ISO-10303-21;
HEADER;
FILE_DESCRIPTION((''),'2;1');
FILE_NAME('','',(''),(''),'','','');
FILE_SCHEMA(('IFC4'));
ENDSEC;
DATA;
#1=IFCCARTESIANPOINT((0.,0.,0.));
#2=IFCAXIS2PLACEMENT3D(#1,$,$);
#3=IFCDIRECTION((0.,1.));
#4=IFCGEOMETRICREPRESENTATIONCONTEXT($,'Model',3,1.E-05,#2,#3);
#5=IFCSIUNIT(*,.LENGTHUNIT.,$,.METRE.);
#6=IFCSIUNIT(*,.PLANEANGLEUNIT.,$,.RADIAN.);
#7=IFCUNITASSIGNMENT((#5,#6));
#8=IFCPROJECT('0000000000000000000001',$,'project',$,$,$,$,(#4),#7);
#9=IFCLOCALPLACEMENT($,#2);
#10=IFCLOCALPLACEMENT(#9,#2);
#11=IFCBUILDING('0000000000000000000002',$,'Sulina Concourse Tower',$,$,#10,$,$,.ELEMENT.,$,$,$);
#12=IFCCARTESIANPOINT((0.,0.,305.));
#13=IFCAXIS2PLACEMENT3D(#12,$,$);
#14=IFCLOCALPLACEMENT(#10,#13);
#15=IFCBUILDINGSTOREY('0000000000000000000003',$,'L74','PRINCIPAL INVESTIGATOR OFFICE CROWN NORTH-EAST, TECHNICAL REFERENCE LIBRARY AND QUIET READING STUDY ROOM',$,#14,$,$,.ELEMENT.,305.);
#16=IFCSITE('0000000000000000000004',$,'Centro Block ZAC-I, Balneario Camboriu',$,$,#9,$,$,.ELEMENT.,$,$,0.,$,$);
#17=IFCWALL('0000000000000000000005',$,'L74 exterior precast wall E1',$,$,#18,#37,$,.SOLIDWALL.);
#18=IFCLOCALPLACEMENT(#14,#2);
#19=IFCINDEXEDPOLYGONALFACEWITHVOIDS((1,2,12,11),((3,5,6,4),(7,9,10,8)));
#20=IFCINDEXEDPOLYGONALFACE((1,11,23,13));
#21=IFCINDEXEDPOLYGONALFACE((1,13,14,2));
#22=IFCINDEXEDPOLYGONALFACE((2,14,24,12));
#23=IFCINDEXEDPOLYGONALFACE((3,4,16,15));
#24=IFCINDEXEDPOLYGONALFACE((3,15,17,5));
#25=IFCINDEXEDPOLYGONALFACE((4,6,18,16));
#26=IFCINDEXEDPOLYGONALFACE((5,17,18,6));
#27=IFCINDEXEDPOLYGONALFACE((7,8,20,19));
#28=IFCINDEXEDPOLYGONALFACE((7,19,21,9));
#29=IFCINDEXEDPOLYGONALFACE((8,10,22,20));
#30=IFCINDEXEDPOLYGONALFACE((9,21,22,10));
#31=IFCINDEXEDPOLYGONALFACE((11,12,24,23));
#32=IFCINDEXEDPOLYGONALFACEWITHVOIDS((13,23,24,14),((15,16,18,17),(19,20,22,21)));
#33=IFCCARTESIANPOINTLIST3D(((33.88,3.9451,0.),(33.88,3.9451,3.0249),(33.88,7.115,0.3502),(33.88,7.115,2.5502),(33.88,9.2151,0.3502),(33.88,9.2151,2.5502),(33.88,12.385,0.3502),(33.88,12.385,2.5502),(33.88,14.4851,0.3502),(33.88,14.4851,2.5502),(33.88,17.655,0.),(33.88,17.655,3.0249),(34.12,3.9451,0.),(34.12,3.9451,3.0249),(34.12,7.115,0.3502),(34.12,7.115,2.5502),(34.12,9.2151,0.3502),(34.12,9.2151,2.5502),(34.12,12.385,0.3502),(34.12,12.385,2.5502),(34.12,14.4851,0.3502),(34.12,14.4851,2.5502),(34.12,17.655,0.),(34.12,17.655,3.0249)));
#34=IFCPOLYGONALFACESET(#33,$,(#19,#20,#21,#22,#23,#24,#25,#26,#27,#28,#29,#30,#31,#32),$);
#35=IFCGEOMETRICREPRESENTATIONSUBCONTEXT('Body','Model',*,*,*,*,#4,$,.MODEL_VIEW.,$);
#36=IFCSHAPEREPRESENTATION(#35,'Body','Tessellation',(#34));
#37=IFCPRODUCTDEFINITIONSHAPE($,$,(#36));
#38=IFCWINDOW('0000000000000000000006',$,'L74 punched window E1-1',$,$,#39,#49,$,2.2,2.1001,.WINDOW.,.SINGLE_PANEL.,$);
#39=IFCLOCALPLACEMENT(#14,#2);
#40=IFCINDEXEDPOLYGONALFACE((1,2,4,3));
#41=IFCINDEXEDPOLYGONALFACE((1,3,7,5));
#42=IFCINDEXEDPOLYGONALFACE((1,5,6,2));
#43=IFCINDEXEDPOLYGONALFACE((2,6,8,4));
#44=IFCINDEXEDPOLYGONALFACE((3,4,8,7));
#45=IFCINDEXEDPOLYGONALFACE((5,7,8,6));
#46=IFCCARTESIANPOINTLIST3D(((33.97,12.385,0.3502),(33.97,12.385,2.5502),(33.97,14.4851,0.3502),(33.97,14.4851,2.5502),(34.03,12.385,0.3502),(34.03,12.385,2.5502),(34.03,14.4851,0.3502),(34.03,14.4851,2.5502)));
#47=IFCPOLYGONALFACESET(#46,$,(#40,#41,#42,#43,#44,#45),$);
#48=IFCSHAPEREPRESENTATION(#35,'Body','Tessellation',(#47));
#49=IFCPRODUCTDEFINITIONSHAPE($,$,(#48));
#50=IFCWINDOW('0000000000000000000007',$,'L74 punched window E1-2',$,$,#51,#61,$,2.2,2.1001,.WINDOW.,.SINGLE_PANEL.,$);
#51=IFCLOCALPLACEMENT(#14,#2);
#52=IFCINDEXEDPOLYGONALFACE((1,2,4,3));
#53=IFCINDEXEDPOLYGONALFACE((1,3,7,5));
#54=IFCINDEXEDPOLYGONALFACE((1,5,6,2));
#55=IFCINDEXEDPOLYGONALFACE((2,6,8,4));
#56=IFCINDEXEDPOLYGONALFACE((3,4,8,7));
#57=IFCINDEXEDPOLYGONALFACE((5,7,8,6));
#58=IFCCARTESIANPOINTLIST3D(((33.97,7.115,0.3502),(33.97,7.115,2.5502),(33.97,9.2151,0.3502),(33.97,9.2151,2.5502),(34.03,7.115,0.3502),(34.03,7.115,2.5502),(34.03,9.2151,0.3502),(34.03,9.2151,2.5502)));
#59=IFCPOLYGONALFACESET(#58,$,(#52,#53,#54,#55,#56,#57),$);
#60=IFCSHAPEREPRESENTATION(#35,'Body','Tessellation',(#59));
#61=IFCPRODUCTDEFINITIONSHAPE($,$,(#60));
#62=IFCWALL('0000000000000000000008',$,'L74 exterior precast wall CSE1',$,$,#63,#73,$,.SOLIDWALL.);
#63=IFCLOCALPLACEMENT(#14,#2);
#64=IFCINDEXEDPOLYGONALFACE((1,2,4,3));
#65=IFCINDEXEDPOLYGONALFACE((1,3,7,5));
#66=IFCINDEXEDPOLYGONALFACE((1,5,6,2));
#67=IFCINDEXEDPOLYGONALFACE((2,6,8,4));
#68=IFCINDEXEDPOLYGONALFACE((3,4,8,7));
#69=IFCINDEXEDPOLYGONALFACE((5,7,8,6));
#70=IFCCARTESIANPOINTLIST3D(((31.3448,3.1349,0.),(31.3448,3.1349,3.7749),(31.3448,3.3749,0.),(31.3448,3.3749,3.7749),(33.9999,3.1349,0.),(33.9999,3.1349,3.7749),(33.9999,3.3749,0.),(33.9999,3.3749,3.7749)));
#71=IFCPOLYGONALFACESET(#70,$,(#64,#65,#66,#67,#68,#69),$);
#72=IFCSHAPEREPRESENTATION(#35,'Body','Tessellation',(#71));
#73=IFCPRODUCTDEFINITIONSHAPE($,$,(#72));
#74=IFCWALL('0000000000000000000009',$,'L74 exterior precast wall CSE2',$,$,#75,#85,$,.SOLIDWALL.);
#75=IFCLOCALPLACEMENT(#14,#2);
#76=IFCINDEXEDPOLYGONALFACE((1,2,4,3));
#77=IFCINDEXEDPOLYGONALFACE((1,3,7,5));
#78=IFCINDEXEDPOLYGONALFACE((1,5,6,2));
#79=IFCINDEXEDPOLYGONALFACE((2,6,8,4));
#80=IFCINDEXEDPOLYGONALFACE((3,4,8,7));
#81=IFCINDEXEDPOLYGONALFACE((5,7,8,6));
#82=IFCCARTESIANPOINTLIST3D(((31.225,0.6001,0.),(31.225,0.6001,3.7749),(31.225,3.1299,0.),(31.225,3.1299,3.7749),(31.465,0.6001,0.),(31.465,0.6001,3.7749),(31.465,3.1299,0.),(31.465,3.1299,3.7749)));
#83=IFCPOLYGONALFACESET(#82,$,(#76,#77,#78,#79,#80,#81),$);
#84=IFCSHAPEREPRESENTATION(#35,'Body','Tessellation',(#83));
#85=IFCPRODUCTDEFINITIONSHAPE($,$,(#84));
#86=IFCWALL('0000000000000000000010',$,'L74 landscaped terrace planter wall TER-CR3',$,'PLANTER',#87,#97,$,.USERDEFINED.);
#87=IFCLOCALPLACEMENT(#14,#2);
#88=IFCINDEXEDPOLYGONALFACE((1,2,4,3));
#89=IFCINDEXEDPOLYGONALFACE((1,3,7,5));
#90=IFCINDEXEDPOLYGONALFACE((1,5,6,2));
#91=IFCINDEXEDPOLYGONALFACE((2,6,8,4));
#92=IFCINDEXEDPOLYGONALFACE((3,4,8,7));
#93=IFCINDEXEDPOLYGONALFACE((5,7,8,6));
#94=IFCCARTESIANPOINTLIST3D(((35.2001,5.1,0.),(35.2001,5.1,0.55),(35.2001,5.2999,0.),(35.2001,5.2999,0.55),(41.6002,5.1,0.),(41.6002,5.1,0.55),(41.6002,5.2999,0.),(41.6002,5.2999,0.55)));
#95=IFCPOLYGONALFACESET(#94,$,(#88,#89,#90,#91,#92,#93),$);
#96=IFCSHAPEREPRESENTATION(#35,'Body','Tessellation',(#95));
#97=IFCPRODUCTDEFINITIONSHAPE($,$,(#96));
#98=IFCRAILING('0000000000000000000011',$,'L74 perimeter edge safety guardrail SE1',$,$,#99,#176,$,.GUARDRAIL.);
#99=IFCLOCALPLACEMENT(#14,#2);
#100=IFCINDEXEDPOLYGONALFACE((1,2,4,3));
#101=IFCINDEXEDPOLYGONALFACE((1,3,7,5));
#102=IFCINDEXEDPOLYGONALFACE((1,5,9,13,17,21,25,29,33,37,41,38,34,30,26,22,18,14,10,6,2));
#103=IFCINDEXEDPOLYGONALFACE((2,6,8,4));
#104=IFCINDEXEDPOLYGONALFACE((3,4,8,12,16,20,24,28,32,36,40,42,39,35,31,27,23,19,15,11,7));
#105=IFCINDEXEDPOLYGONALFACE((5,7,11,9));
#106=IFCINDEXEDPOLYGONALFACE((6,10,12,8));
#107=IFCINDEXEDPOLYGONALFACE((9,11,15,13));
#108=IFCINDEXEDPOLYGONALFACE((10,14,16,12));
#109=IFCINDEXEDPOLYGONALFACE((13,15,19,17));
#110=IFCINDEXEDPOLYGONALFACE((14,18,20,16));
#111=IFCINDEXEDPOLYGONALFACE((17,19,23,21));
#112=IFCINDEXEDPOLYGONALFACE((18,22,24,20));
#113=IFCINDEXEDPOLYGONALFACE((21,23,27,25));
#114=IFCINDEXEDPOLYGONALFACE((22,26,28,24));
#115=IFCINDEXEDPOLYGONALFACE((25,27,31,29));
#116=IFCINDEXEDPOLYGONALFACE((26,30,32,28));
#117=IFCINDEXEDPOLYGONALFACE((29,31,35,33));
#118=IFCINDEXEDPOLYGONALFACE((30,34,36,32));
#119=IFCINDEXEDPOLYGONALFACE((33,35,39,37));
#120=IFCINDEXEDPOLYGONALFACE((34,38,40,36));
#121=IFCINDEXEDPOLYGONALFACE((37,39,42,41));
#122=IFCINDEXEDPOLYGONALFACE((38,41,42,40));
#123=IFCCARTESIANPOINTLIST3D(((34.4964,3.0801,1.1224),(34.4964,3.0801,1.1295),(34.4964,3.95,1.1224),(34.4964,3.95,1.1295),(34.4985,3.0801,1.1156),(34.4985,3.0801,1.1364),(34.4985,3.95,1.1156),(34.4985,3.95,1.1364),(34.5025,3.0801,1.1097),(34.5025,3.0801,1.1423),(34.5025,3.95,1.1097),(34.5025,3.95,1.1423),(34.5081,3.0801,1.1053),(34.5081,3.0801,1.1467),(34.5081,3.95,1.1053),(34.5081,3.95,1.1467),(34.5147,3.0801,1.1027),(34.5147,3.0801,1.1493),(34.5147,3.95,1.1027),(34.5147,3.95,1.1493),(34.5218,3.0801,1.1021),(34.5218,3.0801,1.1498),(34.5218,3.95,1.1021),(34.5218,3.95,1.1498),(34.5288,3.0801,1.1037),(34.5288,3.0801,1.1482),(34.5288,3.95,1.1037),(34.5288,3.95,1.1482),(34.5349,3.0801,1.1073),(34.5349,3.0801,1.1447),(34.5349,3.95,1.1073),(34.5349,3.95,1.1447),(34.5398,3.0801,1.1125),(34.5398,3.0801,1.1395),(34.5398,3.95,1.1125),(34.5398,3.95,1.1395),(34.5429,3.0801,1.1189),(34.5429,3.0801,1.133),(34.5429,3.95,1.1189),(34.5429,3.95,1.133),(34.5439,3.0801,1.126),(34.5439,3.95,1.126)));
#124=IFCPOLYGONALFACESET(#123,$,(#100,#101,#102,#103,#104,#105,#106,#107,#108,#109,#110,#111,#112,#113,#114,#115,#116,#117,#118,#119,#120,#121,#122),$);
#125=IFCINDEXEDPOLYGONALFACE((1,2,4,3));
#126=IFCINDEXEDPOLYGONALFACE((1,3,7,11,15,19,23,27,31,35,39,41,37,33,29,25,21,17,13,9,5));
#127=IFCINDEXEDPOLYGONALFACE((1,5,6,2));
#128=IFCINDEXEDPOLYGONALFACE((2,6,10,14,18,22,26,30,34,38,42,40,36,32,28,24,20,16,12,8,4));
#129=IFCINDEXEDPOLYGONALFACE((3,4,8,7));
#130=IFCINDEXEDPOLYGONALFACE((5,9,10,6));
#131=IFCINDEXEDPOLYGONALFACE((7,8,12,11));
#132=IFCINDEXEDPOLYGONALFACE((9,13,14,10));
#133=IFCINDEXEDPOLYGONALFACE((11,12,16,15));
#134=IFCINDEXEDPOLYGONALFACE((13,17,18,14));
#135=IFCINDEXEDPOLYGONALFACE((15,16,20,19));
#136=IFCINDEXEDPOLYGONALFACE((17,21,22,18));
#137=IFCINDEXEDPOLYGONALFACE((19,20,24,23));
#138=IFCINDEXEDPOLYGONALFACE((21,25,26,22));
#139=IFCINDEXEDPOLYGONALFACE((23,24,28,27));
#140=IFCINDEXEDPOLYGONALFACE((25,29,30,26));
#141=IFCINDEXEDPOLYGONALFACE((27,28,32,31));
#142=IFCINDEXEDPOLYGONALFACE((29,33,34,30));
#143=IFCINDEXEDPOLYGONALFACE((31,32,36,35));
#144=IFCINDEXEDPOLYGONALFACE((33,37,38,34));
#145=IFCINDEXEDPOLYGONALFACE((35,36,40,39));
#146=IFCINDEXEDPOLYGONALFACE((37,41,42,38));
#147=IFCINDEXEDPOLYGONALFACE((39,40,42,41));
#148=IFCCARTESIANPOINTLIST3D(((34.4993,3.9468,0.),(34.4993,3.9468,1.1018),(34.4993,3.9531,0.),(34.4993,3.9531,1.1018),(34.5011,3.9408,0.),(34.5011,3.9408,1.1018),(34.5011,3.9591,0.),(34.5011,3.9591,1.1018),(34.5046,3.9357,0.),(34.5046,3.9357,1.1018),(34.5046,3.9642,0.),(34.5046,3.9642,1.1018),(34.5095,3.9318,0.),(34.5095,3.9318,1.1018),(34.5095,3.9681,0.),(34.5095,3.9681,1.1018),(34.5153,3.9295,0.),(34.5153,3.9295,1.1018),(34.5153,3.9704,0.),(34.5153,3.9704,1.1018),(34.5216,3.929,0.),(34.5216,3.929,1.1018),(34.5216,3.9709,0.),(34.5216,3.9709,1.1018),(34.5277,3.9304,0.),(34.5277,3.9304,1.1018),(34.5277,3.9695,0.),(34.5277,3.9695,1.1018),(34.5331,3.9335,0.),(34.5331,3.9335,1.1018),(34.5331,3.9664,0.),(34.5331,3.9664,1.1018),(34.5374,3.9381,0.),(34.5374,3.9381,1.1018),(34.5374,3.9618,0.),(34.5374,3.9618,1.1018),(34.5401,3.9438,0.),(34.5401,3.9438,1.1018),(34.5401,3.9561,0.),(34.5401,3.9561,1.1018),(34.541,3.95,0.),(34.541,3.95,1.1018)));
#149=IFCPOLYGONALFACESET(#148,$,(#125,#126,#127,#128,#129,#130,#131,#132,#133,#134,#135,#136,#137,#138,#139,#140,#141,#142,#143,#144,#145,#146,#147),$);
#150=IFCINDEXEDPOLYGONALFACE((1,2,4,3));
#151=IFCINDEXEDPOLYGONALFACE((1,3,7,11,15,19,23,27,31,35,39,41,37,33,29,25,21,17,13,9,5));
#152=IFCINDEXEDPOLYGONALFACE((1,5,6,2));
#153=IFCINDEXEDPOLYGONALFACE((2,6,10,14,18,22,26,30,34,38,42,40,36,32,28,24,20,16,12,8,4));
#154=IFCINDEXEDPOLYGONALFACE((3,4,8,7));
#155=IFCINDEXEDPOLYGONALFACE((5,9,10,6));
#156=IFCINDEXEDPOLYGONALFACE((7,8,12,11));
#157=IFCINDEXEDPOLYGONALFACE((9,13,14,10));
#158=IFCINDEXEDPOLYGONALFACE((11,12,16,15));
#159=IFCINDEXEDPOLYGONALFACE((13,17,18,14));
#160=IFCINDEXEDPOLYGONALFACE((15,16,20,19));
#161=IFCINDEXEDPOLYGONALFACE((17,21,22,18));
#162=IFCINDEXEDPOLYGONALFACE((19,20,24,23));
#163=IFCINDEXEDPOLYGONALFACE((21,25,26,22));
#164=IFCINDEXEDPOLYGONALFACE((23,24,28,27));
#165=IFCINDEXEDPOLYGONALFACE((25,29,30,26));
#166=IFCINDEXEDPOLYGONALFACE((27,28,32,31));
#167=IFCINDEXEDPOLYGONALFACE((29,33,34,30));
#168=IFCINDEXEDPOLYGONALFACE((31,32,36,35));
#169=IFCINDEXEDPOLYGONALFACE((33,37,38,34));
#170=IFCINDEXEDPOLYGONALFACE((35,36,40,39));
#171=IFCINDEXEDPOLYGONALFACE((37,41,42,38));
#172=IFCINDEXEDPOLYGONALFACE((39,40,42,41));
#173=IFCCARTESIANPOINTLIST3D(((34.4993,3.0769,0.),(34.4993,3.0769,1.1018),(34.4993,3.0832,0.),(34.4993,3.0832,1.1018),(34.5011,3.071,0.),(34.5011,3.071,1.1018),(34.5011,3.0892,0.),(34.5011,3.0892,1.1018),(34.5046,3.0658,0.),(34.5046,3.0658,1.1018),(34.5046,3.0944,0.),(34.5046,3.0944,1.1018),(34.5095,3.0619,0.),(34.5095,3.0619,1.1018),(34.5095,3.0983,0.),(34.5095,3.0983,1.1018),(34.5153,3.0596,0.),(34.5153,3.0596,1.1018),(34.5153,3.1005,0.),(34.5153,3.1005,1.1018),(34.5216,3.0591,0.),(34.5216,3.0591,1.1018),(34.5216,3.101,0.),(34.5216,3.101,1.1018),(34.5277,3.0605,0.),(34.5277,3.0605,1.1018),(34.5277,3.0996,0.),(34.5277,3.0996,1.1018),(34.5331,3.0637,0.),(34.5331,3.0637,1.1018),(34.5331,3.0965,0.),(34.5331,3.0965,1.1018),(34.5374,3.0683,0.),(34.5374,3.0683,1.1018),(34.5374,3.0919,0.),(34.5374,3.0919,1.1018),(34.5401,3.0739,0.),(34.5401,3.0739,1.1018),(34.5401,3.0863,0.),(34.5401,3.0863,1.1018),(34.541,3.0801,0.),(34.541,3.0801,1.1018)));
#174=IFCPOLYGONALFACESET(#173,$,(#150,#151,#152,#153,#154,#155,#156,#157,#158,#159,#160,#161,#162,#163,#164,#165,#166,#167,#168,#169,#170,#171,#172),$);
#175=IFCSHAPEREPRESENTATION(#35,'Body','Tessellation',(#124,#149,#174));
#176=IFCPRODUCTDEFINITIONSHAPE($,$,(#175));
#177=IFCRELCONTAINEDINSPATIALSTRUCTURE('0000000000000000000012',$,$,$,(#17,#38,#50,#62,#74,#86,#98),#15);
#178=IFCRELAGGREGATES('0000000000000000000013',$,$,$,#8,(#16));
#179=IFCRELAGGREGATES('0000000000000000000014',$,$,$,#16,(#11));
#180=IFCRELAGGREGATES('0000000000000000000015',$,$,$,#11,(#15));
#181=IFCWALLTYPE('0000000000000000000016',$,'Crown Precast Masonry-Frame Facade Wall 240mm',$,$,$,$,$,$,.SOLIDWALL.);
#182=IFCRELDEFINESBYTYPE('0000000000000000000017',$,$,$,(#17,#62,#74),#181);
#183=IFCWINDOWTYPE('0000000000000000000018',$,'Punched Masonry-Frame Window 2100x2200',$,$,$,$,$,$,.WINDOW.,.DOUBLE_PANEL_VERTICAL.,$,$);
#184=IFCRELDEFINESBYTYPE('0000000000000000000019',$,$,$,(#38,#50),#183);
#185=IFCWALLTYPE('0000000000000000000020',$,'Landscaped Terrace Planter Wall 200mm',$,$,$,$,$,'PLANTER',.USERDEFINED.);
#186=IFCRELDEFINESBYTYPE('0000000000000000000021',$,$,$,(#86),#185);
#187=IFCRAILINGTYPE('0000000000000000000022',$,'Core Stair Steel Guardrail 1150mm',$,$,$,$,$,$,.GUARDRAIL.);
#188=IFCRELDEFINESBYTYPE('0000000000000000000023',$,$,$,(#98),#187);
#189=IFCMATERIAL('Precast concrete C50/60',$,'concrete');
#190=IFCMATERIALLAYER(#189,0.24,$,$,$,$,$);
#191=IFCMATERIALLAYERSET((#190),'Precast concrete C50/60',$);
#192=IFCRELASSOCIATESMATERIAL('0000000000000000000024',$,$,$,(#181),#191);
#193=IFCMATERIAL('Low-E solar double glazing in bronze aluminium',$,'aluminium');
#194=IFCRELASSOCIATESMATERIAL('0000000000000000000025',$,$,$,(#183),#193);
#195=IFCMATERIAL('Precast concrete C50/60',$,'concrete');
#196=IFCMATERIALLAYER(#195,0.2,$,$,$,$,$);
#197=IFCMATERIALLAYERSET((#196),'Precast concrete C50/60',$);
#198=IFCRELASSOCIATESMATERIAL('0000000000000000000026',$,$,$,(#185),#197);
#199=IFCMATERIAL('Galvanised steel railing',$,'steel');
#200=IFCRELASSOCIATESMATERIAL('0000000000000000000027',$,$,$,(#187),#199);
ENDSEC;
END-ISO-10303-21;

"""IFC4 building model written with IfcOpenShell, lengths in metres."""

from ifc_helpers import new_model, si_unit, direction, frame, frame_2d, origin, origin_2d, place, context, subcontext, project, spatial, rectangle, circle, extrude, material, layer, layer_set, type_object, element, fill, save


model = new_model("IFC4")

# Units and contexts
model_context = context("Model", 3, precision=1e-05, world=origin(), true_north=direction((0.0, 1.0)))
body_context = subcontext(model_context, "Body", "Model", "MODEL_VIEW")
ifc_project = project(units=[si_unit("LENGTHUNIT", "METRE"), si_unit("PLANEANGLEUNIT", "RADIAN")], contexts=[model_context])

# Site, building, storey
site_placement = place(None, origin())
site = spatial("IfcSite", under=ifc_project, at=site_placement, Name="Centro Block ZAC-I, Balneario Camboriu", CompositionType="ELEMENT", RefElevation=0.0)
building_placement = place(site_placement, origin())
building = spatial("IfcBuilding", under=site, at=building_placement, Name="Sulina Concourse Tower", CompositionType="ELEMENT")
storey_placement = place(building_placement, frame((0.0, 0.0, 305.0)))
storey = spatial("IfcBuildingStorey", under=building, at=storey_placement, Name="L74", Description="PRINCIPAL INVESTIGATOR OFFICE CROWN NORTH-EAST, TECHNICAL REFERENCE LIBRARY AND QUIET READING STUDY ROOM", CompositionType="ELEMENT", Elevation=305.0)

# Wall, openings, windows
ifc_material_1 = material(Name="Precast concrete C50/60", Category="concrete")
ifc_layer_1 = layer(ifc_material_1, 0.24)
ifc_layer_set_1 = layer_set([ifc_layer_1], Name="Precast concrete C50/60")
wall_type_1 = type_object("IfcWallType", Name="Crown Precast Masonry-Frame Facade Wall 240mm", PredefinedType="SOLIDWALL", material=ifc_layer_set_1)
wall_1_placement = place(storey_placement, frame((34.0, 17.655, 0.0), z_axis=(0.0, 0.0, 1.0), x_axis=(0.0, -1.0, 0.0)))
wall_1 = element("IfcWall", 1, at=wall_1_placement, inside=storey, type_object=wall_type_1, Name="L74 exterior precast wall E1", PredefinedType="SOLIDWALL", context=body_context, shape_type="SweptSolid", body=[
    extrude(rectangle(XDim=13.71, YDim=0.24, at=frame_2d((6.855, 0.0))), origin(), (0.0, 0.0, 1.0), 3.0249),
])
opening_1_placement = place(wall_1_placement, frame((3.1699, 0.0, 0.3501)))
opening_1 = element("IfcOpeningElement", 2, at=opening_1_placement, cuts=wall_1, PredefinedType="OPENING", context=body_context, shape_type="SweptSolid", body=[
    extrude(rectangle(XDim=2.1001, YDim=2.2, at=frame_2d((1.05, 1.1001))), frame((0.0, 0.1299, 0.0), z_axis=(0.0, -1.0, 0.0), x_axis=(1.0, 0.0, 0.0)), (0.0, 0.0, 1.0), 0.26),
])
opening_2_placement = place(wall_1_placement, frame((8.4399, 0.0, 0.3501)))
opening_2 = element("IfcOpeningElement", 3, at=opening_2_placement, cuts=wall_1, PredefinedType="OPENING", context=body_context, shape_type="SweptSolid", body=[
    extrude(rectangle(XDim=2.1001, YDim=2.2, at=frame_2d((1.05, 1.1001))), frame((0.0, 0.1299, 0.0), z_axis=(0.0, -1.0, 0.0), x_axis=(1.0, 0.0, 0.0)), (0.0, 0.0, 1.0), 0.26),
])
ifc_material_2 = material(Name="Low-E solar double glazing in bronze aluminium", Category="aluminium")
window_type = type_object("IfcWindowType", Name="Punched Masonry-Frame Window 2100x2200", PartitioningType="DOUBLE_PANEL_VERTICAL", PredefinedType="WINDOW", material=ifc_material_2)
window_1_placement = place(opening_1_placement, origin())
window_1 = element("IfcWindow", 4, at=window_1_placement, inside=storey, type_object=window_type, Name="L74 punched window E1-1", OverallHeight=2.2, OverallWidth=2.1001, PartitioningType="SINGLE_PANEL", PredefinedType="WINDOW", context=body_context, shape_type="SweptSolid", body=[
    extrude(rectangle(XDim=2.1001, YDim=2.2, at=frame_2d((1.05, 1.1001))), frame((0.0, 0.03, 0.0), z_axis=(0.0, -1.0, 0.0), x_axis=(1.0, 0.0, 0.0)), (0.0, 0.0, 1.0), 0.0601),
])
fill(opening_1, window_1)
window_2_placement = place(opening_2_placement, origin())
window_2 = element("IfcWindow", 5, at=window_2_placement, inside=storey, type_object=window_type, Name="L74 punched window E1-2", OverallHeight=2.2, OverallWidth=2.1001, PartitioningType="SINGLE_PANEL", PredefinedType="WINDOW", context=body_context, shape_type="SweptSolid", body=[
    extrude(rectangle(XDim=2.1001, YDim=2.2, at=frame_2d((1.05, 1.1001))), frame((0.0, 0.03, 0.0), z_axis=(0.0, -1.0, 0.0), x_axis=(1.0, 0.0, 0.0)), (0.0, 0.0, 1.0), 0.0601),
])
fill(opening_2, window_2)

# Walls
wall_2_placement = place(storey_placement, frame((34.0, 3.2549, 0.0), z_axis=(0.0, 0.0, 1.0), x_axis=(-1.0, 0.0, 0.0)))
element("IfcWall", 6, at=wall_2_placement, inside=storey, type_object=wall_type_1, Name="L74 exterior precast wall CSE1", PredefinedType="SOLIDWALL", context=body_context, shape_type="SweptSolid", body=[
    extrude(rectangle(XDim=2.655, YDim=0.24, at=frame_2d((1.3276, 0.0))), origin(), (0.0, 0.0, 1.0), 3.7749),
])
wall_3_placement = place(storey_placement, frame((31.345, 3.1299, 0.0), z_axis=(0.0, 0.0, 1.0), x_axis=(0.0, -1.0, 0.0)))
element("IfcWall", 7, at=wall_3_placement, inside=storey, type_object=wall_type_1, Name="L74 exterior precast wall CSE2", PredefinedType="SOLIDWALL", context=body_context, shape_type="SweptSolid", body=[
    extrude(rectangle(XDim=2.5298, YDim=0.24, at=frame_2d((1.2649, 0.0))), origin(), (0.0, 0.0, 1.0), 3.7749),
])
ifc_material_3 = material(Name="Precast concrete C50/60", Category="concrete")
ifc_layer_2 = layer(ifc_material_3, 0.2)
ifc_layer_set_2 = layer_set([ifc_layer_2], Name="Precast concrete C50/60")
wall_type_2 = type_object("IfcWallType", Name="Landscaped Terrace Planter Wall 200mm", ElementType="PLANTER", PredefinedType="USERDEFINED", material=ifc_layer_set_2)
wall_4_placement = place(storey_placement, frame((35.2, 5.2, 0.0), z_axis=(0.0, 0.0, 1.0), x_axis=(1.0, 0.0, 0.0)))
element("IfcWall", 8, at=wall_4_placement, inside=storey, type_object=wall_type_2, Name="L74 landscaped terrace planter wall TER-CR3", ObjectType="PLANTER", PredefinedType="USERDEFINED", context=body_context, shape_type="SweptSolid", body=[
    extrude(rectangle(XDim=6.4001, YDim=0.2, at=frame_2d((3.2002, 0.0))), origin(), (0.0, 0.0, 1.0), 0.55),
])

# Railing
ifc_material_4 = material(Name="Galvanised steel railing", Category="steel")
railing_type_1 = type_object("IfcRailingType", Name="Core Stair Steel Guardrail 1150mm", PredefinedType="GUARDRAIL", material=ifc_material_4)
railing_1_placement = place(storey_placement, frame((34.52, 3.95, 0.0)))
element("IfcRailing", 9, at=railing_1_placement, inside=storey, type_object=railing_type_1, Name="L74 perimeter edge safety guardrail SE1", PredefinedType="GUARDRAIL", context=body_context, shape_type="SweptSolid", body=[
    extrude(circle(Radius=0.0239, at=origin_2d()), frame((0.0, 0.0, 1.126), z_axis=(0.0, -1.0, 0.0), x_axis=(1.0, 0.0, 0.0)), (0.0, 0.0, 1.0), 0.8699),
    extrude(circle(Radius=0.021, at=origin_2d()), origin(), (0.0, 0.0, 1.0), 1.1018),
    extrude(circle(Radius=0.021, at=origin_2d()), frame((0.0, -0.8699, 0.0)), (0.0, 0.0, 1.0), 1.1018),
])

save(model, "model.ifc")
